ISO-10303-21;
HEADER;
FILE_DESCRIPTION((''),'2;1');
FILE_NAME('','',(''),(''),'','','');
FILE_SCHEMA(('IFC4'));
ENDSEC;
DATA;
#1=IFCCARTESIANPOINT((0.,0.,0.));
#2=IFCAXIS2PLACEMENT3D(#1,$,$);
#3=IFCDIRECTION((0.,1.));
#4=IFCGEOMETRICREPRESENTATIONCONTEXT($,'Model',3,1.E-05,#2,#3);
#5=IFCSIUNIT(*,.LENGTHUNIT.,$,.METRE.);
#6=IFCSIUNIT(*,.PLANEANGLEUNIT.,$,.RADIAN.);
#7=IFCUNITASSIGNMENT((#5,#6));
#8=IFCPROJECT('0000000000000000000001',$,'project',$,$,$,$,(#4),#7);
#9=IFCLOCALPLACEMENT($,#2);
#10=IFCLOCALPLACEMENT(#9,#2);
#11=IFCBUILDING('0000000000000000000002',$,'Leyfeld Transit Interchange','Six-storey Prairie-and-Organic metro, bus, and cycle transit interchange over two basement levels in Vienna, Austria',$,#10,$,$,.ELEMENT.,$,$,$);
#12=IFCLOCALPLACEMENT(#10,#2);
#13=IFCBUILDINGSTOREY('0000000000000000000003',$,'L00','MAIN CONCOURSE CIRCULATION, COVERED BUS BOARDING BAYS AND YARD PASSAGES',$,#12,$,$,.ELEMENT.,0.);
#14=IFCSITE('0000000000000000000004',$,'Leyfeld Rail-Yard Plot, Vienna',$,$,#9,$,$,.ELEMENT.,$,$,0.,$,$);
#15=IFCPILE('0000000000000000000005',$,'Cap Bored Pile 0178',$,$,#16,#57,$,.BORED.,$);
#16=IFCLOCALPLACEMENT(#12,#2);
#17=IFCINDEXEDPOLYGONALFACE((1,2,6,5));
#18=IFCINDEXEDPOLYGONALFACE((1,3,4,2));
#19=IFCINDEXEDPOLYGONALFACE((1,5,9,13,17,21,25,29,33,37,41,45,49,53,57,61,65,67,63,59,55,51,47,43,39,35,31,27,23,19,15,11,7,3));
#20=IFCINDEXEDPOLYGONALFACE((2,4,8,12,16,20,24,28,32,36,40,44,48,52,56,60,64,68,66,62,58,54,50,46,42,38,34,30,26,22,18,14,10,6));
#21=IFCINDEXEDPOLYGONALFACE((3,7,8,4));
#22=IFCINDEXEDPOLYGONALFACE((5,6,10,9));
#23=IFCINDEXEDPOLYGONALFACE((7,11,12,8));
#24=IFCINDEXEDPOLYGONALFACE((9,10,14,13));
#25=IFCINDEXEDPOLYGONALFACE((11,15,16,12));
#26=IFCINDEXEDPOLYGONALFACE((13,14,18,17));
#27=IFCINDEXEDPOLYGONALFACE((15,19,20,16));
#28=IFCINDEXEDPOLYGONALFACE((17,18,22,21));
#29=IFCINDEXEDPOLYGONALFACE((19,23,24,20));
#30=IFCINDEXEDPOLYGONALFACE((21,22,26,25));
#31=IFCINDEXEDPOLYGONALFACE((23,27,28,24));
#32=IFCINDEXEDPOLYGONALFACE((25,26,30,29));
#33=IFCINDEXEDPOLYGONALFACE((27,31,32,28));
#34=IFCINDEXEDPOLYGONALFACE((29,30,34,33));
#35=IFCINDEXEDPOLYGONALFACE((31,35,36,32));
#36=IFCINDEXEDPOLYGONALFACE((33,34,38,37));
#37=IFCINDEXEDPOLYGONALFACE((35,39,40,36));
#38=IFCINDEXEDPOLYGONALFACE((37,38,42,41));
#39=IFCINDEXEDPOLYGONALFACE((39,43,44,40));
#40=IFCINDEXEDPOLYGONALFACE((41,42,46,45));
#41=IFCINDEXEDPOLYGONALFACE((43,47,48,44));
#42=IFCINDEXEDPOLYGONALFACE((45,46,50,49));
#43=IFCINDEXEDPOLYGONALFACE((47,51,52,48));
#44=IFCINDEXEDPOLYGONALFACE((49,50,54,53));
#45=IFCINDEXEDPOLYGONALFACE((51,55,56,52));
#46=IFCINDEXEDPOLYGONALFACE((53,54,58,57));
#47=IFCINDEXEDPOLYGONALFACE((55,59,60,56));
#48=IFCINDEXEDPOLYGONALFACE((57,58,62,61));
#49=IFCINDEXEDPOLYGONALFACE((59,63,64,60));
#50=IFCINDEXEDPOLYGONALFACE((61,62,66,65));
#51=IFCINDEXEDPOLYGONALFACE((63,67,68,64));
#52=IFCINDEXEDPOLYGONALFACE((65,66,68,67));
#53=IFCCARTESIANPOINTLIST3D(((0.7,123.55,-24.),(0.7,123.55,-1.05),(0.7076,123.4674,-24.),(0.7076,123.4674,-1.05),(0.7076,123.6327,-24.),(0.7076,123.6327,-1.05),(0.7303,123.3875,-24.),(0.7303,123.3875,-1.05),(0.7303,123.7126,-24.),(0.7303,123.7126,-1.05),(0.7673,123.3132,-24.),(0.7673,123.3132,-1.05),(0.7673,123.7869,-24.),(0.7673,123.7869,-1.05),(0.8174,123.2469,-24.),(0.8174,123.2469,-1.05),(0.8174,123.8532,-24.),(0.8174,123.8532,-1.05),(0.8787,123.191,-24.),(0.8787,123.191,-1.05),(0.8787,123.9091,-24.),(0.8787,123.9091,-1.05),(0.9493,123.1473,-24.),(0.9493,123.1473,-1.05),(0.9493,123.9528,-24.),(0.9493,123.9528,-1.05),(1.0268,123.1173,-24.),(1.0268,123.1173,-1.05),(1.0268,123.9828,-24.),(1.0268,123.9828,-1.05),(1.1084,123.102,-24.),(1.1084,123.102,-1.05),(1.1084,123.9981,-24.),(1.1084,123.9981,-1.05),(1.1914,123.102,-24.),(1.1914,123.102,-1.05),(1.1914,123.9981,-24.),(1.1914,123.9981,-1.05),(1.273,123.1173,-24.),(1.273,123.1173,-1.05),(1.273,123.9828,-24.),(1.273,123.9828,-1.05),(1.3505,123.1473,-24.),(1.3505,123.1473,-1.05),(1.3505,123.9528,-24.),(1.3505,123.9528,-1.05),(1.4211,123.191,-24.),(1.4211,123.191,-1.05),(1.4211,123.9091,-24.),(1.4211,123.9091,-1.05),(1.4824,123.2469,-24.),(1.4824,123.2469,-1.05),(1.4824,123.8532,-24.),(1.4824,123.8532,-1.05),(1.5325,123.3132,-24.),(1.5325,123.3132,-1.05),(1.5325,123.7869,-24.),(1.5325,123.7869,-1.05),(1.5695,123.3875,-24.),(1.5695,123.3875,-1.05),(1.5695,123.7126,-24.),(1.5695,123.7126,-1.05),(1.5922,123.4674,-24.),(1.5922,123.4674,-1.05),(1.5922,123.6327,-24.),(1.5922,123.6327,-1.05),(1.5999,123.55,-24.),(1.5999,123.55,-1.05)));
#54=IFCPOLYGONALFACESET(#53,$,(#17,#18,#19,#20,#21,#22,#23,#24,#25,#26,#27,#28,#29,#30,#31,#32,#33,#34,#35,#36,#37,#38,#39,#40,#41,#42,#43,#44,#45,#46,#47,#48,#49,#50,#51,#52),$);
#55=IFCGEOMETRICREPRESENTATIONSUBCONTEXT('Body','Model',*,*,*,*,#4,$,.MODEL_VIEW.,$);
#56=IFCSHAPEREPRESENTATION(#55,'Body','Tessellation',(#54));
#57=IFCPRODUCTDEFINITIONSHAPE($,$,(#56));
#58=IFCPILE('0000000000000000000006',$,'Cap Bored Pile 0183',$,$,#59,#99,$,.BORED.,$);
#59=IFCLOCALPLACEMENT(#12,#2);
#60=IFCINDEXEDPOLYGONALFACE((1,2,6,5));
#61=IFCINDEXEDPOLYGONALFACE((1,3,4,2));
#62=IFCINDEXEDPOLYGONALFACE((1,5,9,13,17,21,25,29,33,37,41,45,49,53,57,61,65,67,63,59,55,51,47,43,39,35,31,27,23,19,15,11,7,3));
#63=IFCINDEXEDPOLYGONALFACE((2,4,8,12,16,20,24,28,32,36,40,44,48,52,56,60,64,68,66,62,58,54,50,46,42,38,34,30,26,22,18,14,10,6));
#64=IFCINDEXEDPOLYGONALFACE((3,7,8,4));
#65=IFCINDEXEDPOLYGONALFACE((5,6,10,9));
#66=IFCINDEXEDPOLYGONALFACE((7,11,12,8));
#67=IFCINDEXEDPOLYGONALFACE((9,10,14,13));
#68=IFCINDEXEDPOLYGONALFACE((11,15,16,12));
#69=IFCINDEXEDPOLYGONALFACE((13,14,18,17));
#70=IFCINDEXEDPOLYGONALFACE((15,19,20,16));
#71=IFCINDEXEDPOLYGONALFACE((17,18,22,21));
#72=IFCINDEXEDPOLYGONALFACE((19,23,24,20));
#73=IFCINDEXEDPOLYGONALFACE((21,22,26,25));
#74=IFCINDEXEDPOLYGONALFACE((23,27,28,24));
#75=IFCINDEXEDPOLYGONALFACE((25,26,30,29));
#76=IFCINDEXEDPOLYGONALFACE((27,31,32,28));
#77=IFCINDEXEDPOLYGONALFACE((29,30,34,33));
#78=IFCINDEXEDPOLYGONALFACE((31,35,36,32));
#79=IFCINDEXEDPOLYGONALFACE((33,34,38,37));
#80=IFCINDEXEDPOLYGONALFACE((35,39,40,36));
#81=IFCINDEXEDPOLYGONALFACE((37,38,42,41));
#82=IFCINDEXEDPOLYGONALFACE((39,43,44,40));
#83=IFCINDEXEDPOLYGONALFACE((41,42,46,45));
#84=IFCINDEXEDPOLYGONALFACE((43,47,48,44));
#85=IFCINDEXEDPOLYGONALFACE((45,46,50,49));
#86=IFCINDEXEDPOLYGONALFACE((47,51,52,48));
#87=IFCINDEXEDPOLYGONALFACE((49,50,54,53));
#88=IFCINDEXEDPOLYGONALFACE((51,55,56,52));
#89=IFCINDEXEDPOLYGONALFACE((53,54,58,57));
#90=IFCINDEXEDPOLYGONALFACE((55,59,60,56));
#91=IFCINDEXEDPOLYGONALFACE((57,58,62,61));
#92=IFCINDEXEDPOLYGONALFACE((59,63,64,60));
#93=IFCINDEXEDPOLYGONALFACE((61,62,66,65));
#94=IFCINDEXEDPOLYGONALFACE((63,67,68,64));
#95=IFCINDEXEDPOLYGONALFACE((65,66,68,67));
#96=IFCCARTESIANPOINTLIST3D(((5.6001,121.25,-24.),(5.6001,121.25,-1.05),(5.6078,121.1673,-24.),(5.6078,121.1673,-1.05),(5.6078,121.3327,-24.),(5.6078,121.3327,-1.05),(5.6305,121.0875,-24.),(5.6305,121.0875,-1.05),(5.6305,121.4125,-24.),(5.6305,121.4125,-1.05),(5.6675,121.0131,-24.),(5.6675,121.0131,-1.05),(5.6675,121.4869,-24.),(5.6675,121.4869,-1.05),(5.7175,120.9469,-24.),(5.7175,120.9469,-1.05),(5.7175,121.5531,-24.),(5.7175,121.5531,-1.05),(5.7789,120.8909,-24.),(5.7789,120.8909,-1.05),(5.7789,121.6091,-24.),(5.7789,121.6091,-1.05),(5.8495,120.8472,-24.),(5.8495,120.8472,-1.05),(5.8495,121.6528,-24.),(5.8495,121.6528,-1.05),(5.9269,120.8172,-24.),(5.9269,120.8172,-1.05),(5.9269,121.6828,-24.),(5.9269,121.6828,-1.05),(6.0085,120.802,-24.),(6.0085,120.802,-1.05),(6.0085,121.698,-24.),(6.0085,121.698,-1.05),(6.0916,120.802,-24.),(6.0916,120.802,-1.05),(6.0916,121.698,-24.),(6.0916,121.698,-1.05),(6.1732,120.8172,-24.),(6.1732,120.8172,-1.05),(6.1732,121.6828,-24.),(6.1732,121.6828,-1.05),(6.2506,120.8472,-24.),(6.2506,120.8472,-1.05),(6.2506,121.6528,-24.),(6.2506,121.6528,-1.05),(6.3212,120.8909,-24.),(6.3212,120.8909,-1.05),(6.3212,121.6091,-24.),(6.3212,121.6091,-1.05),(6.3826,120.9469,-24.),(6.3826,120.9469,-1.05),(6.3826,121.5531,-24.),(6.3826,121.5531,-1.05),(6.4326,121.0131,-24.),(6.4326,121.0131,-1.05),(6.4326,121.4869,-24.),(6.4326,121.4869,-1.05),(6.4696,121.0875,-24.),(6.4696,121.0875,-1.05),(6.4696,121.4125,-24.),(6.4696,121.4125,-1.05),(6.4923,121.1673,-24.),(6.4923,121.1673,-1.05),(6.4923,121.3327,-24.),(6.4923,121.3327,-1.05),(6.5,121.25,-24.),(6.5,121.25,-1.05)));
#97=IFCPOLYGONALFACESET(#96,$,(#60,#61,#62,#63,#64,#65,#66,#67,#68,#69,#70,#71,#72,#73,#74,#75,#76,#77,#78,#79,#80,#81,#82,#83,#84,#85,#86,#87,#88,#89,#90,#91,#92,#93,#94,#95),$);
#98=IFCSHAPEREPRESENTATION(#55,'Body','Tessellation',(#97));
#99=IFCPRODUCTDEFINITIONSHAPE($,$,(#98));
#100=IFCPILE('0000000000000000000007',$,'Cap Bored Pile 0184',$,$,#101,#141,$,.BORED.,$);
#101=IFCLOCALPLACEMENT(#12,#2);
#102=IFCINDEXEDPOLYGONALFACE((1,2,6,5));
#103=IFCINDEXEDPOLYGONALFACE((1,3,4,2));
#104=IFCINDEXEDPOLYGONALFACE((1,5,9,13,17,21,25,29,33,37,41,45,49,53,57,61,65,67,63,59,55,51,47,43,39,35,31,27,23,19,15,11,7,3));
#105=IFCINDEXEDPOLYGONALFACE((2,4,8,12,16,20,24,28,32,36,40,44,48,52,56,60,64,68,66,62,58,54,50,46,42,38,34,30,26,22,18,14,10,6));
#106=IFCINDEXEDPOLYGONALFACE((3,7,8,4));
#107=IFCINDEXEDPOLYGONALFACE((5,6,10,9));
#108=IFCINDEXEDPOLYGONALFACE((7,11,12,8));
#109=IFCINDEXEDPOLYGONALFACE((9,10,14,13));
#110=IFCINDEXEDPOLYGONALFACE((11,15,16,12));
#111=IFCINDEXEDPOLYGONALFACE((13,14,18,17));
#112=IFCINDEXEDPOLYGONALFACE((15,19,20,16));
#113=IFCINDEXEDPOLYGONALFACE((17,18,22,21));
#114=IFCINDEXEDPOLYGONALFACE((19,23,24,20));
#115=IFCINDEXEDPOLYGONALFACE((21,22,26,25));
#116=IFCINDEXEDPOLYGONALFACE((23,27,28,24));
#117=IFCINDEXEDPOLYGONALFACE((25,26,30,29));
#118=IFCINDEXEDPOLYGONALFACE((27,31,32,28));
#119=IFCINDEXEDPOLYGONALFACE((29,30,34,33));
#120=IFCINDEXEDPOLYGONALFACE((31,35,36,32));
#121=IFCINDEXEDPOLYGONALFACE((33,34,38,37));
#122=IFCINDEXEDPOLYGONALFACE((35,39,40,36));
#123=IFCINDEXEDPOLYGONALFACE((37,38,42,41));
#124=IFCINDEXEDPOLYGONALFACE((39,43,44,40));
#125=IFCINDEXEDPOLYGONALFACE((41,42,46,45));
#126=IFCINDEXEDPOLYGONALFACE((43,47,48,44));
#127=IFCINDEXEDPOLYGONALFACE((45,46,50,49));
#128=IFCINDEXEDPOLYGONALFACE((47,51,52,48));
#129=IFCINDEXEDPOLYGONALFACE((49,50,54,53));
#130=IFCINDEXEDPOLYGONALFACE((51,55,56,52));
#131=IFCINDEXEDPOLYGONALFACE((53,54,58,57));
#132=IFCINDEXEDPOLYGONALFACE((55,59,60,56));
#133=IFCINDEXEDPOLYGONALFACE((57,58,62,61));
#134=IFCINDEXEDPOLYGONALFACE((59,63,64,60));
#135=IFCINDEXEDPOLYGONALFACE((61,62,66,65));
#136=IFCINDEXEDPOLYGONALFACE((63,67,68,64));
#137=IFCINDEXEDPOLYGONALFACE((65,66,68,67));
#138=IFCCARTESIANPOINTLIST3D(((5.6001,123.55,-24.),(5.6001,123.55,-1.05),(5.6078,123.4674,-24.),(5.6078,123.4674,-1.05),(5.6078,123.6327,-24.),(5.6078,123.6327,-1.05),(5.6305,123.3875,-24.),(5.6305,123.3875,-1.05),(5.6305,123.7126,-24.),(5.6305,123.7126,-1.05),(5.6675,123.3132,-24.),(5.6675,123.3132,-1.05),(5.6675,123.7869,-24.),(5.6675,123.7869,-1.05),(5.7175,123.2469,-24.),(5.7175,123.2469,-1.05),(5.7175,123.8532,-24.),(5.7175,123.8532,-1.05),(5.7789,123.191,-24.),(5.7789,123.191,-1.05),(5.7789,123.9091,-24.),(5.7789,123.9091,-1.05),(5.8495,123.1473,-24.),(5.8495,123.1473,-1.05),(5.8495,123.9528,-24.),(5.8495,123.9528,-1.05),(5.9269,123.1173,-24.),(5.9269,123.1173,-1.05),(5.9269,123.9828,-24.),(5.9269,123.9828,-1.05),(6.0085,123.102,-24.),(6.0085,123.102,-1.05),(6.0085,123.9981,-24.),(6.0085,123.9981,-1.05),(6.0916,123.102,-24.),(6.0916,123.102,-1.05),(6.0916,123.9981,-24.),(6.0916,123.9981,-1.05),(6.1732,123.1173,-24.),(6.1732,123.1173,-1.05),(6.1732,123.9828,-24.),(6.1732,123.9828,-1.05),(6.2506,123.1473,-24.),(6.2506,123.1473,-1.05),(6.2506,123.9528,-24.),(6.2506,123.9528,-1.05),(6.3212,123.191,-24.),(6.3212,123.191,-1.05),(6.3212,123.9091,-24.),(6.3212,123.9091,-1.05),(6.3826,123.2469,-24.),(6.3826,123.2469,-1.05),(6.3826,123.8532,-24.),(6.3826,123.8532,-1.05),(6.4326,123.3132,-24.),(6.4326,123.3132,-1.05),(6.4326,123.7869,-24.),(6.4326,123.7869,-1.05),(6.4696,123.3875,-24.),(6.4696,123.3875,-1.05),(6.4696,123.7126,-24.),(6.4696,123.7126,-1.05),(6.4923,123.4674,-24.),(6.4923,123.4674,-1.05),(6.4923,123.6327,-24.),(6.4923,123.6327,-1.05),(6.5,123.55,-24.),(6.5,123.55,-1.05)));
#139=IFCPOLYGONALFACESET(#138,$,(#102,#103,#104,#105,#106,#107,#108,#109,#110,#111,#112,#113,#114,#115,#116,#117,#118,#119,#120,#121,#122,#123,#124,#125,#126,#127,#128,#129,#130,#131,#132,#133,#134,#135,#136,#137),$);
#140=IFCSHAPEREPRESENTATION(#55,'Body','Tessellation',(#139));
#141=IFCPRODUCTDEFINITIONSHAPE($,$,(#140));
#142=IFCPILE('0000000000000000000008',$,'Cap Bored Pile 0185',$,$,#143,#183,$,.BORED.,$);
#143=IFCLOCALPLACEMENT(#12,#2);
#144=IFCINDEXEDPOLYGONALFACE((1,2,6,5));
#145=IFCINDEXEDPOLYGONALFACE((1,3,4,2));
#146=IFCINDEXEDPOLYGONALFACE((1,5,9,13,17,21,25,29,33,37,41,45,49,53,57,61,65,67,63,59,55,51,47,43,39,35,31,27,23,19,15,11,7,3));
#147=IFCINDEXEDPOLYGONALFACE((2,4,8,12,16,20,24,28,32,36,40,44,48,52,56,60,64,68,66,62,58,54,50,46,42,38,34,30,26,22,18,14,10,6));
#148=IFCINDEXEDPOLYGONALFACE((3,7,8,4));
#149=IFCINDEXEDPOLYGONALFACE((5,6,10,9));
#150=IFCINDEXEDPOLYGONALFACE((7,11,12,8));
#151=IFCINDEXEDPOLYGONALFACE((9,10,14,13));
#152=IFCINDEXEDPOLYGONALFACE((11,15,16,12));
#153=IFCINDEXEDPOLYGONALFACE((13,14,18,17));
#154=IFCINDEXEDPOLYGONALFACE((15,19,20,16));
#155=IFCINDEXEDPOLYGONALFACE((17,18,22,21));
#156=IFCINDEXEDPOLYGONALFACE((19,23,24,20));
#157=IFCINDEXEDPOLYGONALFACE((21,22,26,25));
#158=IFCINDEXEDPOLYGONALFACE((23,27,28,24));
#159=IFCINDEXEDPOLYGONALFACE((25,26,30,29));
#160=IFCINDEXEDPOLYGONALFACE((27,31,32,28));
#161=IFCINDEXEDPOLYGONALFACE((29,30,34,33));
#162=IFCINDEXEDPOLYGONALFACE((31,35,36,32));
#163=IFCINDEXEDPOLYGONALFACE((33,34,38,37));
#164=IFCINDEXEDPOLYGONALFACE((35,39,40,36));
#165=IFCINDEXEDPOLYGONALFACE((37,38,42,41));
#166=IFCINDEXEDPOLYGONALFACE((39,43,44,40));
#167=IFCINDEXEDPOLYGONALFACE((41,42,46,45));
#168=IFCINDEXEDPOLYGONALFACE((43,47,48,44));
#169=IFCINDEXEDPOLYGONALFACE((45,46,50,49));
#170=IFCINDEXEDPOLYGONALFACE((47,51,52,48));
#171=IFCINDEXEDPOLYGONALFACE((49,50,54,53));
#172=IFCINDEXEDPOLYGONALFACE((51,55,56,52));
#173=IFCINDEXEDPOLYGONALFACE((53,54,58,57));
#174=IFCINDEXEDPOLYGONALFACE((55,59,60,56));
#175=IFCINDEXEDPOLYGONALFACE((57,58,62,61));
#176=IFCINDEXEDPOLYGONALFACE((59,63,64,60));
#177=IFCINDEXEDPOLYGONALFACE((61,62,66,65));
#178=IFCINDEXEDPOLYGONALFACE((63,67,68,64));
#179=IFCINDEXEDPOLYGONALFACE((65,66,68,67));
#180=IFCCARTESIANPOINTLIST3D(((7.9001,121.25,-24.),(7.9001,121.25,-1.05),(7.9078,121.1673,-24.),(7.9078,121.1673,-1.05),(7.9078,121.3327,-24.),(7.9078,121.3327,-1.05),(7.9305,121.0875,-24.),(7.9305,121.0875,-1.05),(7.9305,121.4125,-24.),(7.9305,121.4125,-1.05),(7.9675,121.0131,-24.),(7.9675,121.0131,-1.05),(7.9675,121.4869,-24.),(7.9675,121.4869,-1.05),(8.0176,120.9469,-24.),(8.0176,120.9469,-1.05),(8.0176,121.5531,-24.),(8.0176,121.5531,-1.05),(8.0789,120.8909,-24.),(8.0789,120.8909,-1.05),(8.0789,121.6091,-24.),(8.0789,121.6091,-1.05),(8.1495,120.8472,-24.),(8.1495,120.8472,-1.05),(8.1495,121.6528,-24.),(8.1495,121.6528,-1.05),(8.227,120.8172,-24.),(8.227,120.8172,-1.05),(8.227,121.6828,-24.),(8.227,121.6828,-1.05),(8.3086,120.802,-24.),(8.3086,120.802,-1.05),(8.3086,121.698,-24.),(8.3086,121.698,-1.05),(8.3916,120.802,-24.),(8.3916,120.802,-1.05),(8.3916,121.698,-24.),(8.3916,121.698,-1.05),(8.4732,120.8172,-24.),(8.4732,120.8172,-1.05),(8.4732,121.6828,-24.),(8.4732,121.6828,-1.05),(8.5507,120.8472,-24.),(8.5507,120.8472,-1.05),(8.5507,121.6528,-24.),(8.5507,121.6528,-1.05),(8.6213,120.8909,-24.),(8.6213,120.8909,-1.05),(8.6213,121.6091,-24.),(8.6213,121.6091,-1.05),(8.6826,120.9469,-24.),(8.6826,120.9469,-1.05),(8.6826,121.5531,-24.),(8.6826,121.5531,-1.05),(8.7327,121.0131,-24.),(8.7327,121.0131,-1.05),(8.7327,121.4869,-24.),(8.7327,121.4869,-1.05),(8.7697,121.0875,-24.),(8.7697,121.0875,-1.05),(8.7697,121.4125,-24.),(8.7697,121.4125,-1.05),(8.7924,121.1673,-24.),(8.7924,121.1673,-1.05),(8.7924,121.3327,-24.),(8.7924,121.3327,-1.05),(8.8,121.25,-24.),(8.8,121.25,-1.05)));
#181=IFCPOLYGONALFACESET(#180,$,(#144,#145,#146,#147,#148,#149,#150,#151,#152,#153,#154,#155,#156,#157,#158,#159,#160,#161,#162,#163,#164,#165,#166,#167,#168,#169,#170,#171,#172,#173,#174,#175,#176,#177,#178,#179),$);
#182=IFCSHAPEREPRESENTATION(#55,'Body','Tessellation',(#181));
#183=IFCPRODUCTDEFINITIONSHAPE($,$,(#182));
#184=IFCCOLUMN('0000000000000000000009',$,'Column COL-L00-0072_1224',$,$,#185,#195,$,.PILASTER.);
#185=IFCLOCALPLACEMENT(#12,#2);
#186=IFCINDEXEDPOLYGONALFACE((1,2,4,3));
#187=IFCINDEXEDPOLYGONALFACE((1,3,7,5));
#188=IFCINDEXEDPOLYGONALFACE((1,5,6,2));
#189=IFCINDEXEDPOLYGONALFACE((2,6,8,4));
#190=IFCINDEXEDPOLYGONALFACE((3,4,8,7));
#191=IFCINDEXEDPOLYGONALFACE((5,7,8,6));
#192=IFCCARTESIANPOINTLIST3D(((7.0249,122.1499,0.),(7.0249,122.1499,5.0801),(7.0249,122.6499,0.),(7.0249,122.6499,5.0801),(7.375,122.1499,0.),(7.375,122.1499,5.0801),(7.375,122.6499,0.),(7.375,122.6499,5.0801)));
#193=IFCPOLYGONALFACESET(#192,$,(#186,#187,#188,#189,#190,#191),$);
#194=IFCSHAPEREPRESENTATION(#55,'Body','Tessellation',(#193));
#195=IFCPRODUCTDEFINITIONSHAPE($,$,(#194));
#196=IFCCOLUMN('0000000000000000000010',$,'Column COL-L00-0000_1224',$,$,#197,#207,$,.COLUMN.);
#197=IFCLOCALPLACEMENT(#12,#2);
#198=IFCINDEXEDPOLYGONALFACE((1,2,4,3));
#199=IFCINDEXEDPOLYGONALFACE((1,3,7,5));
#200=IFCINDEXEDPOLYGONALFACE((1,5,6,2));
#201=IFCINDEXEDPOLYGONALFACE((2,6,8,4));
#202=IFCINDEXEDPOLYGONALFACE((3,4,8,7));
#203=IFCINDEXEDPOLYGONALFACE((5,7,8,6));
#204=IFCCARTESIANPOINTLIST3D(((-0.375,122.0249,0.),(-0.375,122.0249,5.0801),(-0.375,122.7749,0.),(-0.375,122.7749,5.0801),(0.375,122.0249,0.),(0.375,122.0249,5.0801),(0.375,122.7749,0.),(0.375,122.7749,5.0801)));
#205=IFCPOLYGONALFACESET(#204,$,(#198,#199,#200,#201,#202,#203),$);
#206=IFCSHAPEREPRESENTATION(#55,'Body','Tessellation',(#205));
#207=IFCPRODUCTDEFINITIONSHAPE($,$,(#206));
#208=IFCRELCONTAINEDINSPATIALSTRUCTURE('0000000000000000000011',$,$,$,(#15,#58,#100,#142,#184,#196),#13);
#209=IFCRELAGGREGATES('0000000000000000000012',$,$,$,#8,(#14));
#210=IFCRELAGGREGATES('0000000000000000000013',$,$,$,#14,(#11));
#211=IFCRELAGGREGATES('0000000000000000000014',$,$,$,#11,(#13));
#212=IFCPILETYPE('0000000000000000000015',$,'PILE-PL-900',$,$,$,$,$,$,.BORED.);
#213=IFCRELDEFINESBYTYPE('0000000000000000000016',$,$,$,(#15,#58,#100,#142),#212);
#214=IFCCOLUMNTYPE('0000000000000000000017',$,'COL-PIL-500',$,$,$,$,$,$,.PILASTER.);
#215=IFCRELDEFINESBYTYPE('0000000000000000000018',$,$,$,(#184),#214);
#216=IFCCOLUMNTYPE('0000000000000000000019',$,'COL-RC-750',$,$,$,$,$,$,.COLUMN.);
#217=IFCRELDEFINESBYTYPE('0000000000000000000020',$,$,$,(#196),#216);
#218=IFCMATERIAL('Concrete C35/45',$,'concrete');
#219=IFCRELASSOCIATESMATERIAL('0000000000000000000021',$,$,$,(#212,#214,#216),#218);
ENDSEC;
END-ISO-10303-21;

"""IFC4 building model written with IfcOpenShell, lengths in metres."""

from ifc_helpers import new_model, si_unit, direction, frame, origin, origin_2d, place, context, subcontext, project, spatial, rectangle, circle, extrude, material, material_profile, profile_set, type_object, element, save


model = new_model("IFC4")

# Units and contexts
model_context = context("Model", 3, precision=1e-05, world=origin(), true_north=direction((0.0, 1.0)))
body_context = subcontext(model_context, "Body", "Model", "MODEL_VIEW")
ifc_project = project(units=[si_unit("LENGTHUNIT", "METRE"), si_unit("PLANEANGLEUNIT", "RADIAN")], contexts=[model_context])

# Site, building, storey
site_placement = place(None, origin())
site = spatial("IfcSite", under=ifc_project, at=site_placement, Name="Leyfeld Rail-Yard Plot, Vienna", CompositionType="ELEMENT", RefElevation=0.0)
building_placement = place(site_placement, origin())
building = spatial("IfcBuilding", under=site, at=building_placement, Name="Leyfeld Transit Interchange", Description="Six-storey Prairie-and-Organic metro, bus, and cycle transit interchange over two basement levels in Vienna, Austria", CompositionType="ELEMENT")
storey_placement = place(building_placement, origin())
storey = spatial("IfcBuildingStorey", under=building, at=storey_placement, Name="L00", Description="MAIN CONCOURSE CIRCULATION, COVERED BUS BOARDING BAYS AND YARD PASSAGES", CompositionType="ELEMENT", Elevation=0.0)

# Shared definitions
ifc_material_1 = material(Name="Concrete C35/45", Category="concrete")

# Piles
ifc_material_profile_1 = material_profile(ifc_material_1, circle(Radius=0.45, at=origin_2d()), Name="PILE D900")
ifc_profile_set_1 = profile_set([ifc_material_profile_1], Name="Concrete C35/45")
pile_type = type_object("IfcPileType", Name="PILE-PL-900", PredefinedType="BORED", material=ifc_profile_set_1)
for number, where, z_axis, x_axis, name in (
    (1, (1.1499, 123.55, -1.05), (0.0, 0.0, -1.0), (1.0, 0.0, 0.0), "Cap Bored Pile 0178"),
    (2, (6.05, 121.25, -1.05), (0.0, 0.0, -1.0), (1.0, 0.0, 0.0), "Cap Bored Pile 0183"),
    (3, (6.05, 123.55, -1.05), (0.0, 0.0, -1.0), (1.0, 0.0, 0.0), "Cap Bored Pile 0184"),
    (4, (8.3501, 121.25, -1.05), (0.0, 0.0, -1.0), (1.0, 0.0, 0.0), "Cap Bored Pile 0185"),
):
    element("IfcPile", number, at=place(storey_placement, frame(where, z_axis=z_axis, x_axis=x_axis)), inside=storey, type_object=pile_type, Name=name, PredefinedType="BORED", context=body_context, shape_type="SweptSolid", body=[
        extrude(circle(Radius=0.45, at=origin_2d()), origin(), (0.0, 0.0, 1.0), 22.95),
    ])

# Columns
ifc_material_profile_2 = material_profile(ifc_material_1, rectangle(XDim=0.3501, YDim=0.5, at=origin_2d()), Name="RC 500x350")
ifc_profile_set_2 = profile_set([ifc_material_profile_2], Name="Concrete C35/45")
column_type_1 = type_object("IfcColumnType", Name="COL-PIL-500", PredefinedType="PILASTER", material=ifc_profile_set_2)
column_1_placement = place(storey_placement, frame((7.2, 122.3999, 0.0), z_axis=(0.0, 0.0, 1.0), x_axis=(1.0, 0.0, 0.0)))
element("IfcColumn", 5, at=column_1_placement, inside=storey, type_object=column_type_1, Name="Column COL-L00-0072_1224", PredefinedType="PILASTER", context=body_context, shape_type="SweptSolid", body=[
    extrude(rectangle(XDim=0.3501, YDim=0.5, at=origin_2d()), origin(), (0.0, 0.0, 1.0), 5.0801),
])
ifc_material_profile_3 = material_profile(ifc_material_1, rectangle(XDim=0.75, YDim=0.75, at=origin_2d()), Name="RC 750x750")
ifc_profile_set_3 = profile_set([ifc_material_profile_3], Name="Concrete C35/45")
column_type_2 = type_object("IfcColumnType", Name="COL-RC-750", PredefinedType="COLUMN", material=ifc_profile_set_3)
column_2_placement = place(storey_placement, frame((0.0, 122.3999, 0.0), z_axis=(0.0, 0.0, 1.0), x_axis=(1.0, 0.0, 0.0)))
element("IfcColumn", 6, at=column_2_placement, inside=storey, type_object=column_type_2, Name="Column COL-L00-0000_1224", PredefinedType="COLUMN", context=body_context, shape_type="SweptSolid", body=[
    extrude(rectangle(XDim=0.75, YDim=0.75, at=origin_2d()), origin(), (0.0, 0.0, 1.0), 5.0801),
])

save(model, "model.ifc")
